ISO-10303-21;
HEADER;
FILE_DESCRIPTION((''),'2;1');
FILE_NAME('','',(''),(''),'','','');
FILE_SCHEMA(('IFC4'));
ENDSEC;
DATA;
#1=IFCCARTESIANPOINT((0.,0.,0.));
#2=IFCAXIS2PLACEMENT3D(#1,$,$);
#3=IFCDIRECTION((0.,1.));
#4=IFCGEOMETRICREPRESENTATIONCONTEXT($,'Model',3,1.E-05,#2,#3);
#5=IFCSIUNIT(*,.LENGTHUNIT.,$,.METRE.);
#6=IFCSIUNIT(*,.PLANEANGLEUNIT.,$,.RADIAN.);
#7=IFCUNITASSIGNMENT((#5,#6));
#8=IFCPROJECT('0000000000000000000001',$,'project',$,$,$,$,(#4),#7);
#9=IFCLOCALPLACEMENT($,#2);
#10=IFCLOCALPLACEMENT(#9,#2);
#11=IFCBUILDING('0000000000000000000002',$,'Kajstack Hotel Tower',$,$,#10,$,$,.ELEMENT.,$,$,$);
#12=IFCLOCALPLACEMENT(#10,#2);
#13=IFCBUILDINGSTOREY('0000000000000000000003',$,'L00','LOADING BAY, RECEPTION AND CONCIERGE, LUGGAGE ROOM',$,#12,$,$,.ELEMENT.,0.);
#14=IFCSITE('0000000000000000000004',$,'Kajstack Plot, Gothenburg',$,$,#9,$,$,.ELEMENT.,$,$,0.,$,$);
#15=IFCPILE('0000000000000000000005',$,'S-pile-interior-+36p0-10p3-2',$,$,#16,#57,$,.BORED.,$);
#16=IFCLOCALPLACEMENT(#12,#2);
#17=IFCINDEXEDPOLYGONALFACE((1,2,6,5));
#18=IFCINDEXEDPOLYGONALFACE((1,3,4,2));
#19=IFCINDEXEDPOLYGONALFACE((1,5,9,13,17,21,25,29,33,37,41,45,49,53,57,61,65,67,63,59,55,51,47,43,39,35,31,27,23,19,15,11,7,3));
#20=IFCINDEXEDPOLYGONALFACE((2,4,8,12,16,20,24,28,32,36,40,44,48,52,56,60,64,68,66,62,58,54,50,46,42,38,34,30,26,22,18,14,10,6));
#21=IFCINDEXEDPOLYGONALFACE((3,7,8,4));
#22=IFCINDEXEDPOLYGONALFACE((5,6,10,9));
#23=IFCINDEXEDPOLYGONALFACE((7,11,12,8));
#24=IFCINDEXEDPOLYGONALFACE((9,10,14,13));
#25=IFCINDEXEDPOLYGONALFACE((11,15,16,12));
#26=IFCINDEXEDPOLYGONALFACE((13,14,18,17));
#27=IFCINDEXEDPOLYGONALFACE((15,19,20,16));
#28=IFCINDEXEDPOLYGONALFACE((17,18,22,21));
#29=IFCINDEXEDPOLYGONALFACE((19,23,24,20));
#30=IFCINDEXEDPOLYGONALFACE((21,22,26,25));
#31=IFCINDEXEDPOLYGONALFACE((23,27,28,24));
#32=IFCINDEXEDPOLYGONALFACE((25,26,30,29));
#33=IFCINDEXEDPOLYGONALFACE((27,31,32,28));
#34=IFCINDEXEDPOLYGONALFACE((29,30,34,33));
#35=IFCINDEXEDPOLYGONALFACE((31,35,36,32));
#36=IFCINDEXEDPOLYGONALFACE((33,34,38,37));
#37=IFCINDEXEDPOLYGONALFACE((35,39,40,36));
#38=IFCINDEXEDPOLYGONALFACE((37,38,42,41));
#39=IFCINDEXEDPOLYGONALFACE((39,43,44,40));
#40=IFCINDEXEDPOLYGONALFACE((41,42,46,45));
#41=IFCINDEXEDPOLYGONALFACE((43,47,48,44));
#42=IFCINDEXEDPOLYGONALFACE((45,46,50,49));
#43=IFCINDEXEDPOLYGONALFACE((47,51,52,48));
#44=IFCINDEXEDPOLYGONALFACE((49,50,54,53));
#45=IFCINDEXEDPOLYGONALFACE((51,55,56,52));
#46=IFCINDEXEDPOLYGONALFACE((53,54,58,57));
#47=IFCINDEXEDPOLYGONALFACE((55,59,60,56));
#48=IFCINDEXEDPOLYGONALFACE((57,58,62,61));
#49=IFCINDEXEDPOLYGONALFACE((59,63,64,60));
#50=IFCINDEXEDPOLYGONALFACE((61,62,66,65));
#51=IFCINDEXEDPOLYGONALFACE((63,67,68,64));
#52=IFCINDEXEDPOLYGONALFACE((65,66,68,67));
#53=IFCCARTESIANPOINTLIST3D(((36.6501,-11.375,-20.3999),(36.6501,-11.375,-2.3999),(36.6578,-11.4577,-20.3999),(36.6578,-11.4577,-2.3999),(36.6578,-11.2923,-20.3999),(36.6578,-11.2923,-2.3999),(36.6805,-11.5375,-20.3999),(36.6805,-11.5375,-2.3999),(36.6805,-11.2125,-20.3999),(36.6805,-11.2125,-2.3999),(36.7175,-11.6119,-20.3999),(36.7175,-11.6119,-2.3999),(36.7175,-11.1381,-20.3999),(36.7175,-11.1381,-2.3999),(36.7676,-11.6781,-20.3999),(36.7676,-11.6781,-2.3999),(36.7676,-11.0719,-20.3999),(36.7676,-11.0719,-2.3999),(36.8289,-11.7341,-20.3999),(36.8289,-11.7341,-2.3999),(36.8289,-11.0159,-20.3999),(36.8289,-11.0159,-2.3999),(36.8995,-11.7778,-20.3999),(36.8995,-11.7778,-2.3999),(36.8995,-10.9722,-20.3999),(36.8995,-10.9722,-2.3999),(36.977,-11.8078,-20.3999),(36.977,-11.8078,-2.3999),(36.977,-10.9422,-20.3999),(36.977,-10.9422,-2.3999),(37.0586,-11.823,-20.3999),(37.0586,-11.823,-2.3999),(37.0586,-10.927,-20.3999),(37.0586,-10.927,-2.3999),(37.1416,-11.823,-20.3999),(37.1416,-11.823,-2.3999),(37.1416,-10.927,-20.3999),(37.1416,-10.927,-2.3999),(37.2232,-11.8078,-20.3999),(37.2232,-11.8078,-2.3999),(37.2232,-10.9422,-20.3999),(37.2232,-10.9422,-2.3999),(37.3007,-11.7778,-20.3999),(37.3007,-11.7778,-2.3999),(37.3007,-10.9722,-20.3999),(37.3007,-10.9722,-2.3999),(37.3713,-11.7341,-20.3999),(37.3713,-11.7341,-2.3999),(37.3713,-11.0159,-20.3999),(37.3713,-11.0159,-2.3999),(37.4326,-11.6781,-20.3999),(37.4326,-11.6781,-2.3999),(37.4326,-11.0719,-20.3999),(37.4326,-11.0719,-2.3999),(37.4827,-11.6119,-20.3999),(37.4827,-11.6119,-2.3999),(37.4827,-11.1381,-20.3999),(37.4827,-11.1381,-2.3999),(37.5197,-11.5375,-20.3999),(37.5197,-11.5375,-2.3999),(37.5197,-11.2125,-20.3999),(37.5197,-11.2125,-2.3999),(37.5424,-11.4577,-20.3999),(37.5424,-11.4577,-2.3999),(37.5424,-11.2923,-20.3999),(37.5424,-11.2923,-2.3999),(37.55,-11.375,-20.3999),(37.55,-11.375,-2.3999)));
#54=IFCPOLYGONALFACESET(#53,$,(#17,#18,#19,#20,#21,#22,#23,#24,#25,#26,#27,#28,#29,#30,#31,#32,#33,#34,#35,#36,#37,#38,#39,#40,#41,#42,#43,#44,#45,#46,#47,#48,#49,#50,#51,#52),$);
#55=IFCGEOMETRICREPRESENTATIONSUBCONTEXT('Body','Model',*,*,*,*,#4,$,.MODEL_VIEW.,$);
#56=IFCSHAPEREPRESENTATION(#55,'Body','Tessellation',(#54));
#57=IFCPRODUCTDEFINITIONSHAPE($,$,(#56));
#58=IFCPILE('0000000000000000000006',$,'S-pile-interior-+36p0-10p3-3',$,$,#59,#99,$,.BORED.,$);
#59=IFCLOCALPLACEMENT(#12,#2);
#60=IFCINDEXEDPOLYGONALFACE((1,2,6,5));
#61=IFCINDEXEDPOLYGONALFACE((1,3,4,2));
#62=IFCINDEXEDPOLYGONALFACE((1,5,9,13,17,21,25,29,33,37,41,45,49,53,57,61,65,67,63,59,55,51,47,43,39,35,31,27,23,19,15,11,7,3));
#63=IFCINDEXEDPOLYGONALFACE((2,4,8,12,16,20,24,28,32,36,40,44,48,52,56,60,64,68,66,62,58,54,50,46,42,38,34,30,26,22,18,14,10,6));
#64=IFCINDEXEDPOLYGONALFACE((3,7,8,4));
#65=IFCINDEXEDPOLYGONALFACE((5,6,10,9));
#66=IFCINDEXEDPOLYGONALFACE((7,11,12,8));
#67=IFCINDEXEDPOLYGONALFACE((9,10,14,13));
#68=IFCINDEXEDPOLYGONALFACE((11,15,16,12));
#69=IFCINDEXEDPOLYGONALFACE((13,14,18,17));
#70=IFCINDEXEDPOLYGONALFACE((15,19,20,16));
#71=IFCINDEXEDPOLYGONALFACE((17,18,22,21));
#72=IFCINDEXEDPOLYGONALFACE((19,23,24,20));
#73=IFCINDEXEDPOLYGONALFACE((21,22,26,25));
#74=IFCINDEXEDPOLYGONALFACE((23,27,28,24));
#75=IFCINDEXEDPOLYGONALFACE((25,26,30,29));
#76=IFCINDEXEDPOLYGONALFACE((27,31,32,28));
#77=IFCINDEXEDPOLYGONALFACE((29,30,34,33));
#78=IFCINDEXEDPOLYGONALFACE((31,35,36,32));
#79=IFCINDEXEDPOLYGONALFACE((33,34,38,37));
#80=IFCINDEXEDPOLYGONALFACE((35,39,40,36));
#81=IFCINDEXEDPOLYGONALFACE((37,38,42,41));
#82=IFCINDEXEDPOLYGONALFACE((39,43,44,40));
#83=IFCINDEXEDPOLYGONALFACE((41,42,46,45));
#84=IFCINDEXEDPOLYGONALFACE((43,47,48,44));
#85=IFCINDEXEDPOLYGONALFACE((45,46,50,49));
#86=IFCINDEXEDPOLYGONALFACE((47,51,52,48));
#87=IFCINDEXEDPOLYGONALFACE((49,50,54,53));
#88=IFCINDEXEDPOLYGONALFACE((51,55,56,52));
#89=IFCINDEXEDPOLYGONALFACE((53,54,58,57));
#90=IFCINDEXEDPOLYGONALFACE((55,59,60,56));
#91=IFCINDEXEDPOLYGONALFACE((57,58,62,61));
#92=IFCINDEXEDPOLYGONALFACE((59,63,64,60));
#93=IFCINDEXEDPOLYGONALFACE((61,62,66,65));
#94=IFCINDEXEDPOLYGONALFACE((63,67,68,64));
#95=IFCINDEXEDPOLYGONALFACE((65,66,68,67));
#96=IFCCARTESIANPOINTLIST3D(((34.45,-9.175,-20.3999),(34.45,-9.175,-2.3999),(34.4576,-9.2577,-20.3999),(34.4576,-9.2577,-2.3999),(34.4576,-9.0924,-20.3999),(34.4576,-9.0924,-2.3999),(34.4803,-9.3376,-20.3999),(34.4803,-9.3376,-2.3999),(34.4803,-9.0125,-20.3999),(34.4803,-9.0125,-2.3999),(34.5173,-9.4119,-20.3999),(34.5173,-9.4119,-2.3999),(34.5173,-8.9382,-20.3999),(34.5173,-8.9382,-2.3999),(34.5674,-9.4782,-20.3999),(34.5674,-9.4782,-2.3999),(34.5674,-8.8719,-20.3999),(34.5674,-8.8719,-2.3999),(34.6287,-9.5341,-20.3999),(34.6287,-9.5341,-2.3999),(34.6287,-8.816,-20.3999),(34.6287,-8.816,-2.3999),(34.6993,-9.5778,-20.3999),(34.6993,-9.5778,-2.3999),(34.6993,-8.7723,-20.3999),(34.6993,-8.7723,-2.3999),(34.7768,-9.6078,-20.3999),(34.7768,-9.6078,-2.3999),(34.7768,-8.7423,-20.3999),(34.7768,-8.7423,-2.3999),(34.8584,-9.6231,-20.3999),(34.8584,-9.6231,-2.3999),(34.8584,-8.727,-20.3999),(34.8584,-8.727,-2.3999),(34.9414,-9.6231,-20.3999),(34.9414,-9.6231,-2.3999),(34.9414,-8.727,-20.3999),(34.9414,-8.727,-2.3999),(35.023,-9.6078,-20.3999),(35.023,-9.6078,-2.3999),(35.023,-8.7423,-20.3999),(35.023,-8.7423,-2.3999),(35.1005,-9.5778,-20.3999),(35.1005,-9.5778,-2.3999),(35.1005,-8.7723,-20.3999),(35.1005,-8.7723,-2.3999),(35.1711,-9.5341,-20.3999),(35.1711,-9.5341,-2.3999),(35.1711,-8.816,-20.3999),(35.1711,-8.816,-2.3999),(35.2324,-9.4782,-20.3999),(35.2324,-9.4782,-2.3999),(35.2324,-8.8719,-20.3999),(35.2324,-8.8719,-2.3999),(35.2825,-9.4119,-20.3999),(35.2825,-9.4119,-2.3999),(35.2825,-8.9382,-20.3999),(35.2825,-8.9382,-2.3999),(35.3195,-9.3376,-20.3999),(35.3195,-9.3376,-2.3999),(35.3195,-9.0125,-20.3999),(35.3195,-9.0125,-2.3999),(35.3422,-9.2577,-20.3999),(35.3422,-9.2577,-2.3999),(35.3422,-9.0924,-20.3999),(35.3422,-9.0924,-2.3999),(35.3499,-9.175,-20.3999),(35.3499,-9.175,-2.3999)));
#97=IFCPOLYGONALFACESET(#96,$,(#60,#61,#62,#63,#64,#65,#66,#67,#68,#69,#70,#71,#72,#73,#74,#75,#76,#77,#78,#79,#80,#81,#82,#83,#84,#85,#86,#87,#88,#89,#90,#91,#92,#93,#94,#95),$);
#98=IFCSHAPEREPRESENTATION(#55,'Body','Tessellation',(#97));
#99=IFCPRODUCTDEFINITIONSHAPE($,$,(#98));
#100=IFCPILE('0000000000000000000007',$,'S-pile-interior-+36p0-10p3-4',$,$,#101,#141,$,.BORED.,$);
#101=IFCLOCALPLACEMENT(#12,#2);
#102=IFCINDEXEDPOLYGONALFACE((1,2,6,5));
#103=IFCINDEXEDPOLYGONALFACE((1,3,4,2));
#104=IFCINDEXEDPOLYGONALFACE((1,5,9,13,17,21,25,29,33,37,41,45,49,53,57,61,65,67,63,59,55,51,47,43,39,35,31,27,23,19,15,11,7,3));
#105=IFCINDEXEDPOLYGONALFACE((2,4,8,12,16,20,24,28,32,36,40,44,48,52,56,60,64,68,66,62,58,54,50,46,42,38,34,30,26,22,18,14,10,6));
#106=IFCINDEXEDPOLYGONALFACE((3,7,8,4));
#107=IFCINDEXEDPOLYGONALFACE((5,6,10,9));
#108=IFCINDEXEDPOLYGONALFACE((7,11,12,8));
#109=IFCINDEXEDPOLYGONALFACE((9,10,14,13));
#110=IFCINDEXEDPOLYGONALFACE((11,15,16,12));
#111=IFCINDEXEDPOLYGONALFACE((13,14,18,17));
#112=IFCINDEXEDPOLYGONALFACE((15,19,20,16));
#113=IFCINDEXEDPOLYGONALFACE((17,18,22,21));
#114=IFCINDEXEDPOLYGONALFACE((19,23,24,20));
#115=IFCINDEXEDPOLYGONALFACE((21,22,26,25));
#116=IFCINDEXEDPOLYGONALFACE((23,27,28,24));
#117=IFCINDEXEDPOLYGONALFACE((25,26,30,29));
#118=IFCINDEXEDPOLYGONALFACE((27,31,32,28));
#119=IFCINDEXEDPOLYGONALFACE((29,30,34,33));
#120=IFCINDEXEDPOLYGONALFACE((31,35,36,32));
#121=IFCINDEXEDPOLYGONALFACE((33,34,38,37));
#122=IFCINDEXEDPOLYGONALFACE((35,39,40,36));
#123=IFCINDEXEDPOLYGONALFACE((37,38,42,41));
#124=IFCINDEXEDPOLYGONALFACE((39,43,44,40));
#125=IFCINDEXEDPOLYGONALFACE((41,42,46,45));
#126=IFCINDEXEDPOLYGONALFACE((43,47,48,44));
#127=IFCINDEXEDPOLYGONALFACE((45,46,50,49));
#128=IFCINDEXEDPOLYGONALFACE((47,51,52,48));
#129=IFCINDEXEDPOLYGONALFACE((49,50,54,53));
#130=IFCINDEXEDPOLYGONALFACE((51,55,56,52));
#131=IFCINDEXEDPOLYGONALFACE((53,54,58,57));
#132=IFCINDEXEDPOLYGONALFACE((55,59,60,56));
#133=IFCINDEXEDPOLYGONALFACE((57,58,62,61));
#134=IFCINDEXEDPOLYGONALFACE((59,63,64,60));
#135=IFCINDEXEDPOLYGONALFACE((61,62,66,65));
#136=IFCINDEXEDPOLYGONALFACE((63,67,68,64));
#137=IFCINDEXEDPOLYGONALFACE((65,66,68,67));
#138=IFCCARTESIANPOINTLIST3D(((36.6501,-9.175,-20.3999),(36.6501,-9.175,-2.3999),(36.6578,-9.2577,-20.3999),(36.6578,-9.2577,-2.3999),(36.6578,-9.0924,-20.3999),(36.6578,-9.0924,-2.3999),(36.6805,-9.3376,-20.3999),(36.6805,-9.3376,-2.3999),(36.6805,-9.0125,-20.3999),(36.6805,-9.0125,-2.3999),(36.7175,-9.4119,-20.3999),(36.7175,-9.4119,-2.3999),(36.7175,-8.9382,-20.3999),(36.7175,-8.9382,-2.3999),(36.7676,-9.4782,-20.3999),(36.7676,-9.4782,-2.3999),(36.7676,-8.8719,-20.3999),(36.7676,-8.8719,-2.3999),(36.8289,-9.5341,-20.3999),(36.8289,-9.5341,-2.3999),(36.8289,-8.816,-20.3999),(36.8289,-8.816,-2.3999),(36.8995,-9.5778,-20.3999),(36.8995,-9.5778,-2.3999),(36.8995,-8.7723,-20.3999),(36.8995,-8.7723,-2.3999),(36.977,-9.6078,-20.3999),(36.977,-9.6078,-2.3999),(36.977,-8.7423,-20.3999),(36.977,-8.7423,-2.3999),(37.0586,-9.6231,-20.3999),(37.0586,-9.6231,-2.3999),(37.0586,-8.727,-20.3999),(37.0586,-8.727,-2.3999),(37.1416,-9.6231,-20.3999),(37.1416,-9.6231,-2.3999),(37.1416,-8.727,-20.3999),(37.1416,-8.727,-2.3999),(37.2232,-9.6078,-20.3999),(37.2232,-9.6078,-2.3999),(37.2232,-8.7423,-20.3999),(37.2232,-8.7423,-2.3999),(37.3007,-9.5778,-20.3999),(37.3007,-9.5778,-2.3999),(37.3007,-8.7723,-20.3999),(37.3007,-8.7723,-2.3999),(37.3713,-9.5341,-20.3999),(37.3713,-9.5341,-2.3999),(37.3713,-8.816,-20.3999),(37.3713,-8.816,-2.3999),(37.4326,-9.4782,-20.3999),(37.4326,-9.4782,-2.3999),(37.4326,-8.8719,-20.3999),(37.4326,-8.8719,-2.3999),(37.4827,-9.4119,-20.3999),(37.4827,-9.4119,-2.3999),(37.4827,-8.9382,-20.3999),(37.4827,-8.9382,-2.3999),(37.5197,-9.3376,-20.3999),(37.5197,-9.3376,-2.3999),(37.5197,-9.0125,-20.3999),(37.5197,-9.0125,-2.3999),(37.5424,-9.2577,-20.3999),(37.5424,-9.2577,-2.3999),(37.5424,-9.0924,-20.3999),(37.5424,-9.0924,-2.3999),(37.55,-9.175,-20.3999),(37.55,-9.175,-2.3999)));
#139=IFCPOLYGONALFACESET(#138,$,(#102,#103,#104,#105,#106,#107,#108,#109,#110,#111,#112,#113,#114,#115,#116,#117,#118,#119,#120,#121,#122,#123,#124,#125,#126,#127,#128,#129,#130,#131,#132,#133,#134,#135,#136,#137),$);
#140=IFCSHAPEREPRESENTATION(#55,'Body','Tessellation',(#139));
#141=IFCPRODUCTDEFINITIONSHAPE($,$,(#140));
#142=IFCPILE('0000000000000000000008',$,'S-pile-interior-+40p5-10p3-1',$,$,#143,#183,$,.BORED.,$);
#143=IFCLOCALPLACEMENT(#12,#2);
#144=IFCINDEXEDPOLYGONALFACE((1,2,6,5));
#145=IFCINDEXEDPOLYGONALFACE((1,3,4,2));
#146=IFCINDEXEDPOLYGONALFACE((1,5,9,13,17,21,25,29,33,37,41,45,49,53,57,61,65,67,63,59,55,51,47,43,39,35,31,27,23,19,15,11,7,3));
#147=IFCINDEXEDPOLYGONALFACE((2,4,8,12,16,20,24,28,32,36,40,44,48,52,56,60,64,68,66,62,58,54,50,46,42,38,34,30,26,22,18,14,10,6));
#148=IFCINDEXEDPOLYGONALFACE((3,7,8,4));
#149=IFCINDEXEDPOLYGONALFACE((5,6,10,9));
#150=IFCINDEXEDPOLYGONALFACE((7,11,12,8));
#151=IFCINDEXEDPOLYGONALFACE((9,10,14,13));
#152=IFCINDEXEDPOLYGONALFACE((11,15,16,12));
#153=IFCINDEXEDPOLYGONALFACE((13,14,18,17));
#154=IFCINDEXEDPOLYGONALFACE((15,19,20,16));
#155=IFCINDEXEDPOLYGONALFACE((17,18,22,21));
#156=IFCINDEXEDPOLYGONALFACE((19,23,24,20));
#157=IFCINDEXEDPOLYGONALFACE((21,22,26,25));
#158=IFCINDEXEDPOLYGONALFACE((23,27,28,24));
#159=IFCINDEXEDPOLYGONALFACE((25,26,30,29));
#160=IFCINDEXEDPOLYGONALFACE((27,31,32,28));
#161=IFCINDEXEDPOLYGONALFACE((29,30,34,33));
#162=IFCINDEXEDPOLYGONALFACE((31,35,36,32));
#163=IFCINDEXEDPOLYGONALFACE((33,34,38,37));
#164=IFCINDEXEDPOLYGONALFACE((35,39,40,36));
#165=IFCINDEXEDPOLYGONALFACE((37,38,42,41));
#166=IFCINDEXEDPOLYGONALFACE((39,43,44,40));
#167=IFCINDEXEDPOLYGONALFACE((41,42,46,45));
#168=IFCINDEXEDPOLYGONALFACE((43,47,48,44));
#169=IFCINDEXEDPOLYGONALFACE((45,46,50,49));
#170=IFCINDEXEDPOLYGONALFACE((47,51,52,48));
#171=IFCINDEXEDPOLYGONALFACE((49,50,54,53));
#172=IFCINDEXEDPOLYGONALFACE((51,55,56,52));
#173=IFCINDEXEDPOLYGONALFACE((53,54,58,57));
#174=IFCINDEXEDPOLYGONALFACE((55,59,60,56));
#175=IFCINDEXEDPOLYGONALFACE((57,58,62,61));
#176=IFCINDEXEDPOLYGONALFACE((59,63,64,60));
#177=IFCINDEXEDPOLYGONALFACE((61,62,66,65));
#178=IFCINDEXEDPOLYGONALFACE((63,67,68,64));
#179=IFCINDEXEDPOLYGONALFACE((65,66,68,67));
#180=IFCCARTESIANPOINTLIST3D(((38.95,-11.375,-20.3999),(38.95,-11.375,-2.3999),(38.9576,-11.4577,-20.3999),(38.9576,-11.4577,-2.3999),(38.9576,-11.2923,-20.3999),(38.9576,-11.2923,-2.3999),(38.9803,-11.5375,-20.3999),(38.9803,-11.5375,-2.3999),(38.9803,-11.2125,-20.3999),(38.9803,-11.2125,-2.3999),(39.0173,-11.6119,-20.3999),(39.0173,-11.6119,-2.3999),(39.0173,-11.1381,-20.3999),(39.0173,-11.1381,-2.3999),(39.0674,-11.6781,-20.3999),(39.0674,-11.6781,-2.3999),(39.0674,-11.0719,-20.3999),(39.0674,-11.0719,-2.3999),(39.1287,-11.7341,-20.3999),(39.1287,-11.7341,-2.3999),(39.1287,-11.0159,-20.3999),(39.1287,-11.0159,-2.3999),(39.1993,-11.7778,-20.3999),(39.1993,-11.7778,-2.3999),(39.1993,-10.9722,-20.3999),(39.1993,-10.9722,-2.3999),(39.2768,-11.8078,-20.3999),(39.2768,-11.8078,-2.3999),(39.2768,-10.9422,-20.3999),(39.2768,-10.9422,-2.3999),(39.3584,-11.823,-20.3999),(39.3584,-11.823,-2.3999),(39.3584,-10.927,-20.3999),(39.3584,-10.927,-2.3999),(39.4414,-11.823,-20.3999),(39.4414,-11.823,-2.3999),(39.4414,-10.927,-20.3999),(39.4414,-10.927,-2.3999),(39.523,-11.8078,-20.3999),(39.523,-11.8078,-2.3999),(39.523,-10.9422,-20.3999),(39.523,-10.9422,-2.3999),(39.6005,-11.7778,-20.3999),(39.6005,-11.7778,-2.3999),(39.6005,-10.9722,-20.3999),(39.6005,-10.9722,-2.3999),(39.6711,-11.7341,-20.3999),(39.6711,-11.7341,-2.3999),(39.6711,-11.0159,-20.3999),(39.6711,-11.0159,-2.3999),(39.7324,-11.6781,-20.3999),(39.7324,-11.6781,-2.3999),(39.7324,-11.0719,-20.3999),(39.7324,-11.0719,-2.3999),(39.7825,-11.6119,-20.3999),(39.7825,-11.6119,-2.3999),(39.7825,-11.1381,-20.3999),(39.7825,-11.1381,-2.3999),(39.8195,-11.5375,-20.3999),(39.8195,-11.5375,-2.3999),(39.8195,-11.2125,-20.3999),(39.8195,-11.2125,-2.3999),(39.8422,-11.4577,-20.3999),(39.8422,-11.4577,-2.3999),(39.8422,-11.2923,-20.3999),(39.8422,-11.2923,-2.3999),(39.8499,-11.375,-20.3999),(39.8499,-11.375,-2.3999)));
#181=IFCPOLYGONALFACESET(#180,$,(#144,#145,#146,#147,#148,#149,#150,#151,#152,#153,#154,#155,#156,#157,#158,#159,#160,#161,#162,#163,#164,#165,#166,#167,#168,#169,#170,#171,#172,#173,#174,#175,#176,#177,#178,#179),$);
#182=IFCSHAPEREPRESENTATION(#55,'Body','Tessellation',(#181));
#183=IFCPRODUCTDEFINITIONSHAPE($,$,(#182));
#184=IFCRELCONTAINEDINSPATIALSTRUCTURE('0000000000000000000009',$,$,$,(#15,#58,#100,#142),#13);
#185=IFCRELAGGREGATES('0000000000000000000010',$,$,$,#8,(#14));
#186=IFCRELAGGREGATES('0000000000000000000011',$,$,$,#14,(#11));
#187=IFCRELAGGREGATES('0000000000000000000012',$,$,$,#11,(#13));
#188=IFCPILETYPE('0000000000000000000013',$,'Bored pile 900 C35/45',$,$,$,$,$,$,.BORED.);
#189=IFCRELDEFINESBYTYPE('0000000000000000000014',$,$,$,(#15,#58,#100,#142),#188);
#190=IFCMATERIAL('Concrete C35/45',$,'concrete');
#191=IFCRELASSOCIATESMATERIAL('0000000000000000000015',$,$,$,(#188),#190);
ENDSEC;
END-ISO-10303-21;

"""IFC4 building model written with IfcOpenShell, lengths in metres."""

from ifc_helpers import new_model, si_unit, direction, frame, origin, origin_2d, place, context, subcontext, project, spatial, circle, extrude, material, material_profile, profile_set, type_object, element, save


model = new_model("IFC4")

# Units and contexts
model_context = context("Model", 3, precision=1e-05, world=origin(), true_north=direction((0.0, 1.0)))
body_context = subcontext(model_context, "Body", "Model", "MODEL_VIEW")
ifc_project = project(units=[si_unit("LENGTHUNIT", "METRE"), si_unit("PLANEANGLEUNIT", "RADIAN")], contexts=[model_context])

# Site, building, storey
site_placement = place(None, origin())
site = spatial("IfcSite", under=ifc_project, at=site_placement, Name="Kajstack Plot, Gothenburg", CompositionType="ELEMENT", RefElevation=0.0)
building_placement = place(site_placement, origin())
building = spatial("IfcBuilding", under=site, at=building_placement, Name="Kajstack Hotel Tower", CompositionType="ELEMENT")
storey_placement = place(building_placement, origin())
storey = spatial("IfcBuildingStorey", under=building, at=storey_placement, Name="L00", Description="LOADING BAY, RECEPTION AND CONCIERGE, LUGGAGE ROOM", CompositionType="ELEMENT", Elevation=0.0)

# Piles
ifc_material_1 = material(Name="Concrete C35/45", Category="concrete")
ifc_material_profile_1 = material_profile(ifc_material_1, circle(Radius=0.45, at=origin_2d()), Name="RC round 900")
ifc_profile_set_1 = profile_set([ifc_material_profile_1], Name="Concrete C35/45")
pile_type_1 = type_object("IfcPileType", Name="Bored pile 900 C35/45", PredefinedType="BORED", material=ifc_profile_set_1)
for number, where, z_axis, x_axis, name in (
    (1, (37.1001, -11.375, -2.3999), (0.0, 0.0, -1.0), (1.0, 0.0, 0.0), "S-pile-interior-+36p0-10p3-2"),
    (2, (34.8999, -9.175, -2.3999), (0.0, 0.0, -1.0), (1.0, 0.0, 0.0), "S-pile-interior-+36p0-10p3-3"),
    (3, (37.1001, -9.175, -2.3999), (0.0, 0.0, -1.0), (1.0, 0.0, 0.0), "S-pile-interior-+36p0-10p3-4"),
    (4, (39.3999, -11.375, -2.3999), (0.0, 0.0, -1.0), (1.0, 0.0, 0.0), "S-pile-interior-+40p5-10p3-1"),
):
    element("IfcPile", number, at=place(storey_placement, frame(where, z_axis=z_axis, x_axis=x_axis)), inside=storey, type_object=pile_type_1, Name=name, PredefinedType="BORED", context=body_context, shape_type="SweptSolid", body=[
        extrude(circle(Radius=0.45, at=origin_2d()), origin(), (0.0, 0.0, 1.0), 18.0),
    ])

save(model, "model.ifc")
